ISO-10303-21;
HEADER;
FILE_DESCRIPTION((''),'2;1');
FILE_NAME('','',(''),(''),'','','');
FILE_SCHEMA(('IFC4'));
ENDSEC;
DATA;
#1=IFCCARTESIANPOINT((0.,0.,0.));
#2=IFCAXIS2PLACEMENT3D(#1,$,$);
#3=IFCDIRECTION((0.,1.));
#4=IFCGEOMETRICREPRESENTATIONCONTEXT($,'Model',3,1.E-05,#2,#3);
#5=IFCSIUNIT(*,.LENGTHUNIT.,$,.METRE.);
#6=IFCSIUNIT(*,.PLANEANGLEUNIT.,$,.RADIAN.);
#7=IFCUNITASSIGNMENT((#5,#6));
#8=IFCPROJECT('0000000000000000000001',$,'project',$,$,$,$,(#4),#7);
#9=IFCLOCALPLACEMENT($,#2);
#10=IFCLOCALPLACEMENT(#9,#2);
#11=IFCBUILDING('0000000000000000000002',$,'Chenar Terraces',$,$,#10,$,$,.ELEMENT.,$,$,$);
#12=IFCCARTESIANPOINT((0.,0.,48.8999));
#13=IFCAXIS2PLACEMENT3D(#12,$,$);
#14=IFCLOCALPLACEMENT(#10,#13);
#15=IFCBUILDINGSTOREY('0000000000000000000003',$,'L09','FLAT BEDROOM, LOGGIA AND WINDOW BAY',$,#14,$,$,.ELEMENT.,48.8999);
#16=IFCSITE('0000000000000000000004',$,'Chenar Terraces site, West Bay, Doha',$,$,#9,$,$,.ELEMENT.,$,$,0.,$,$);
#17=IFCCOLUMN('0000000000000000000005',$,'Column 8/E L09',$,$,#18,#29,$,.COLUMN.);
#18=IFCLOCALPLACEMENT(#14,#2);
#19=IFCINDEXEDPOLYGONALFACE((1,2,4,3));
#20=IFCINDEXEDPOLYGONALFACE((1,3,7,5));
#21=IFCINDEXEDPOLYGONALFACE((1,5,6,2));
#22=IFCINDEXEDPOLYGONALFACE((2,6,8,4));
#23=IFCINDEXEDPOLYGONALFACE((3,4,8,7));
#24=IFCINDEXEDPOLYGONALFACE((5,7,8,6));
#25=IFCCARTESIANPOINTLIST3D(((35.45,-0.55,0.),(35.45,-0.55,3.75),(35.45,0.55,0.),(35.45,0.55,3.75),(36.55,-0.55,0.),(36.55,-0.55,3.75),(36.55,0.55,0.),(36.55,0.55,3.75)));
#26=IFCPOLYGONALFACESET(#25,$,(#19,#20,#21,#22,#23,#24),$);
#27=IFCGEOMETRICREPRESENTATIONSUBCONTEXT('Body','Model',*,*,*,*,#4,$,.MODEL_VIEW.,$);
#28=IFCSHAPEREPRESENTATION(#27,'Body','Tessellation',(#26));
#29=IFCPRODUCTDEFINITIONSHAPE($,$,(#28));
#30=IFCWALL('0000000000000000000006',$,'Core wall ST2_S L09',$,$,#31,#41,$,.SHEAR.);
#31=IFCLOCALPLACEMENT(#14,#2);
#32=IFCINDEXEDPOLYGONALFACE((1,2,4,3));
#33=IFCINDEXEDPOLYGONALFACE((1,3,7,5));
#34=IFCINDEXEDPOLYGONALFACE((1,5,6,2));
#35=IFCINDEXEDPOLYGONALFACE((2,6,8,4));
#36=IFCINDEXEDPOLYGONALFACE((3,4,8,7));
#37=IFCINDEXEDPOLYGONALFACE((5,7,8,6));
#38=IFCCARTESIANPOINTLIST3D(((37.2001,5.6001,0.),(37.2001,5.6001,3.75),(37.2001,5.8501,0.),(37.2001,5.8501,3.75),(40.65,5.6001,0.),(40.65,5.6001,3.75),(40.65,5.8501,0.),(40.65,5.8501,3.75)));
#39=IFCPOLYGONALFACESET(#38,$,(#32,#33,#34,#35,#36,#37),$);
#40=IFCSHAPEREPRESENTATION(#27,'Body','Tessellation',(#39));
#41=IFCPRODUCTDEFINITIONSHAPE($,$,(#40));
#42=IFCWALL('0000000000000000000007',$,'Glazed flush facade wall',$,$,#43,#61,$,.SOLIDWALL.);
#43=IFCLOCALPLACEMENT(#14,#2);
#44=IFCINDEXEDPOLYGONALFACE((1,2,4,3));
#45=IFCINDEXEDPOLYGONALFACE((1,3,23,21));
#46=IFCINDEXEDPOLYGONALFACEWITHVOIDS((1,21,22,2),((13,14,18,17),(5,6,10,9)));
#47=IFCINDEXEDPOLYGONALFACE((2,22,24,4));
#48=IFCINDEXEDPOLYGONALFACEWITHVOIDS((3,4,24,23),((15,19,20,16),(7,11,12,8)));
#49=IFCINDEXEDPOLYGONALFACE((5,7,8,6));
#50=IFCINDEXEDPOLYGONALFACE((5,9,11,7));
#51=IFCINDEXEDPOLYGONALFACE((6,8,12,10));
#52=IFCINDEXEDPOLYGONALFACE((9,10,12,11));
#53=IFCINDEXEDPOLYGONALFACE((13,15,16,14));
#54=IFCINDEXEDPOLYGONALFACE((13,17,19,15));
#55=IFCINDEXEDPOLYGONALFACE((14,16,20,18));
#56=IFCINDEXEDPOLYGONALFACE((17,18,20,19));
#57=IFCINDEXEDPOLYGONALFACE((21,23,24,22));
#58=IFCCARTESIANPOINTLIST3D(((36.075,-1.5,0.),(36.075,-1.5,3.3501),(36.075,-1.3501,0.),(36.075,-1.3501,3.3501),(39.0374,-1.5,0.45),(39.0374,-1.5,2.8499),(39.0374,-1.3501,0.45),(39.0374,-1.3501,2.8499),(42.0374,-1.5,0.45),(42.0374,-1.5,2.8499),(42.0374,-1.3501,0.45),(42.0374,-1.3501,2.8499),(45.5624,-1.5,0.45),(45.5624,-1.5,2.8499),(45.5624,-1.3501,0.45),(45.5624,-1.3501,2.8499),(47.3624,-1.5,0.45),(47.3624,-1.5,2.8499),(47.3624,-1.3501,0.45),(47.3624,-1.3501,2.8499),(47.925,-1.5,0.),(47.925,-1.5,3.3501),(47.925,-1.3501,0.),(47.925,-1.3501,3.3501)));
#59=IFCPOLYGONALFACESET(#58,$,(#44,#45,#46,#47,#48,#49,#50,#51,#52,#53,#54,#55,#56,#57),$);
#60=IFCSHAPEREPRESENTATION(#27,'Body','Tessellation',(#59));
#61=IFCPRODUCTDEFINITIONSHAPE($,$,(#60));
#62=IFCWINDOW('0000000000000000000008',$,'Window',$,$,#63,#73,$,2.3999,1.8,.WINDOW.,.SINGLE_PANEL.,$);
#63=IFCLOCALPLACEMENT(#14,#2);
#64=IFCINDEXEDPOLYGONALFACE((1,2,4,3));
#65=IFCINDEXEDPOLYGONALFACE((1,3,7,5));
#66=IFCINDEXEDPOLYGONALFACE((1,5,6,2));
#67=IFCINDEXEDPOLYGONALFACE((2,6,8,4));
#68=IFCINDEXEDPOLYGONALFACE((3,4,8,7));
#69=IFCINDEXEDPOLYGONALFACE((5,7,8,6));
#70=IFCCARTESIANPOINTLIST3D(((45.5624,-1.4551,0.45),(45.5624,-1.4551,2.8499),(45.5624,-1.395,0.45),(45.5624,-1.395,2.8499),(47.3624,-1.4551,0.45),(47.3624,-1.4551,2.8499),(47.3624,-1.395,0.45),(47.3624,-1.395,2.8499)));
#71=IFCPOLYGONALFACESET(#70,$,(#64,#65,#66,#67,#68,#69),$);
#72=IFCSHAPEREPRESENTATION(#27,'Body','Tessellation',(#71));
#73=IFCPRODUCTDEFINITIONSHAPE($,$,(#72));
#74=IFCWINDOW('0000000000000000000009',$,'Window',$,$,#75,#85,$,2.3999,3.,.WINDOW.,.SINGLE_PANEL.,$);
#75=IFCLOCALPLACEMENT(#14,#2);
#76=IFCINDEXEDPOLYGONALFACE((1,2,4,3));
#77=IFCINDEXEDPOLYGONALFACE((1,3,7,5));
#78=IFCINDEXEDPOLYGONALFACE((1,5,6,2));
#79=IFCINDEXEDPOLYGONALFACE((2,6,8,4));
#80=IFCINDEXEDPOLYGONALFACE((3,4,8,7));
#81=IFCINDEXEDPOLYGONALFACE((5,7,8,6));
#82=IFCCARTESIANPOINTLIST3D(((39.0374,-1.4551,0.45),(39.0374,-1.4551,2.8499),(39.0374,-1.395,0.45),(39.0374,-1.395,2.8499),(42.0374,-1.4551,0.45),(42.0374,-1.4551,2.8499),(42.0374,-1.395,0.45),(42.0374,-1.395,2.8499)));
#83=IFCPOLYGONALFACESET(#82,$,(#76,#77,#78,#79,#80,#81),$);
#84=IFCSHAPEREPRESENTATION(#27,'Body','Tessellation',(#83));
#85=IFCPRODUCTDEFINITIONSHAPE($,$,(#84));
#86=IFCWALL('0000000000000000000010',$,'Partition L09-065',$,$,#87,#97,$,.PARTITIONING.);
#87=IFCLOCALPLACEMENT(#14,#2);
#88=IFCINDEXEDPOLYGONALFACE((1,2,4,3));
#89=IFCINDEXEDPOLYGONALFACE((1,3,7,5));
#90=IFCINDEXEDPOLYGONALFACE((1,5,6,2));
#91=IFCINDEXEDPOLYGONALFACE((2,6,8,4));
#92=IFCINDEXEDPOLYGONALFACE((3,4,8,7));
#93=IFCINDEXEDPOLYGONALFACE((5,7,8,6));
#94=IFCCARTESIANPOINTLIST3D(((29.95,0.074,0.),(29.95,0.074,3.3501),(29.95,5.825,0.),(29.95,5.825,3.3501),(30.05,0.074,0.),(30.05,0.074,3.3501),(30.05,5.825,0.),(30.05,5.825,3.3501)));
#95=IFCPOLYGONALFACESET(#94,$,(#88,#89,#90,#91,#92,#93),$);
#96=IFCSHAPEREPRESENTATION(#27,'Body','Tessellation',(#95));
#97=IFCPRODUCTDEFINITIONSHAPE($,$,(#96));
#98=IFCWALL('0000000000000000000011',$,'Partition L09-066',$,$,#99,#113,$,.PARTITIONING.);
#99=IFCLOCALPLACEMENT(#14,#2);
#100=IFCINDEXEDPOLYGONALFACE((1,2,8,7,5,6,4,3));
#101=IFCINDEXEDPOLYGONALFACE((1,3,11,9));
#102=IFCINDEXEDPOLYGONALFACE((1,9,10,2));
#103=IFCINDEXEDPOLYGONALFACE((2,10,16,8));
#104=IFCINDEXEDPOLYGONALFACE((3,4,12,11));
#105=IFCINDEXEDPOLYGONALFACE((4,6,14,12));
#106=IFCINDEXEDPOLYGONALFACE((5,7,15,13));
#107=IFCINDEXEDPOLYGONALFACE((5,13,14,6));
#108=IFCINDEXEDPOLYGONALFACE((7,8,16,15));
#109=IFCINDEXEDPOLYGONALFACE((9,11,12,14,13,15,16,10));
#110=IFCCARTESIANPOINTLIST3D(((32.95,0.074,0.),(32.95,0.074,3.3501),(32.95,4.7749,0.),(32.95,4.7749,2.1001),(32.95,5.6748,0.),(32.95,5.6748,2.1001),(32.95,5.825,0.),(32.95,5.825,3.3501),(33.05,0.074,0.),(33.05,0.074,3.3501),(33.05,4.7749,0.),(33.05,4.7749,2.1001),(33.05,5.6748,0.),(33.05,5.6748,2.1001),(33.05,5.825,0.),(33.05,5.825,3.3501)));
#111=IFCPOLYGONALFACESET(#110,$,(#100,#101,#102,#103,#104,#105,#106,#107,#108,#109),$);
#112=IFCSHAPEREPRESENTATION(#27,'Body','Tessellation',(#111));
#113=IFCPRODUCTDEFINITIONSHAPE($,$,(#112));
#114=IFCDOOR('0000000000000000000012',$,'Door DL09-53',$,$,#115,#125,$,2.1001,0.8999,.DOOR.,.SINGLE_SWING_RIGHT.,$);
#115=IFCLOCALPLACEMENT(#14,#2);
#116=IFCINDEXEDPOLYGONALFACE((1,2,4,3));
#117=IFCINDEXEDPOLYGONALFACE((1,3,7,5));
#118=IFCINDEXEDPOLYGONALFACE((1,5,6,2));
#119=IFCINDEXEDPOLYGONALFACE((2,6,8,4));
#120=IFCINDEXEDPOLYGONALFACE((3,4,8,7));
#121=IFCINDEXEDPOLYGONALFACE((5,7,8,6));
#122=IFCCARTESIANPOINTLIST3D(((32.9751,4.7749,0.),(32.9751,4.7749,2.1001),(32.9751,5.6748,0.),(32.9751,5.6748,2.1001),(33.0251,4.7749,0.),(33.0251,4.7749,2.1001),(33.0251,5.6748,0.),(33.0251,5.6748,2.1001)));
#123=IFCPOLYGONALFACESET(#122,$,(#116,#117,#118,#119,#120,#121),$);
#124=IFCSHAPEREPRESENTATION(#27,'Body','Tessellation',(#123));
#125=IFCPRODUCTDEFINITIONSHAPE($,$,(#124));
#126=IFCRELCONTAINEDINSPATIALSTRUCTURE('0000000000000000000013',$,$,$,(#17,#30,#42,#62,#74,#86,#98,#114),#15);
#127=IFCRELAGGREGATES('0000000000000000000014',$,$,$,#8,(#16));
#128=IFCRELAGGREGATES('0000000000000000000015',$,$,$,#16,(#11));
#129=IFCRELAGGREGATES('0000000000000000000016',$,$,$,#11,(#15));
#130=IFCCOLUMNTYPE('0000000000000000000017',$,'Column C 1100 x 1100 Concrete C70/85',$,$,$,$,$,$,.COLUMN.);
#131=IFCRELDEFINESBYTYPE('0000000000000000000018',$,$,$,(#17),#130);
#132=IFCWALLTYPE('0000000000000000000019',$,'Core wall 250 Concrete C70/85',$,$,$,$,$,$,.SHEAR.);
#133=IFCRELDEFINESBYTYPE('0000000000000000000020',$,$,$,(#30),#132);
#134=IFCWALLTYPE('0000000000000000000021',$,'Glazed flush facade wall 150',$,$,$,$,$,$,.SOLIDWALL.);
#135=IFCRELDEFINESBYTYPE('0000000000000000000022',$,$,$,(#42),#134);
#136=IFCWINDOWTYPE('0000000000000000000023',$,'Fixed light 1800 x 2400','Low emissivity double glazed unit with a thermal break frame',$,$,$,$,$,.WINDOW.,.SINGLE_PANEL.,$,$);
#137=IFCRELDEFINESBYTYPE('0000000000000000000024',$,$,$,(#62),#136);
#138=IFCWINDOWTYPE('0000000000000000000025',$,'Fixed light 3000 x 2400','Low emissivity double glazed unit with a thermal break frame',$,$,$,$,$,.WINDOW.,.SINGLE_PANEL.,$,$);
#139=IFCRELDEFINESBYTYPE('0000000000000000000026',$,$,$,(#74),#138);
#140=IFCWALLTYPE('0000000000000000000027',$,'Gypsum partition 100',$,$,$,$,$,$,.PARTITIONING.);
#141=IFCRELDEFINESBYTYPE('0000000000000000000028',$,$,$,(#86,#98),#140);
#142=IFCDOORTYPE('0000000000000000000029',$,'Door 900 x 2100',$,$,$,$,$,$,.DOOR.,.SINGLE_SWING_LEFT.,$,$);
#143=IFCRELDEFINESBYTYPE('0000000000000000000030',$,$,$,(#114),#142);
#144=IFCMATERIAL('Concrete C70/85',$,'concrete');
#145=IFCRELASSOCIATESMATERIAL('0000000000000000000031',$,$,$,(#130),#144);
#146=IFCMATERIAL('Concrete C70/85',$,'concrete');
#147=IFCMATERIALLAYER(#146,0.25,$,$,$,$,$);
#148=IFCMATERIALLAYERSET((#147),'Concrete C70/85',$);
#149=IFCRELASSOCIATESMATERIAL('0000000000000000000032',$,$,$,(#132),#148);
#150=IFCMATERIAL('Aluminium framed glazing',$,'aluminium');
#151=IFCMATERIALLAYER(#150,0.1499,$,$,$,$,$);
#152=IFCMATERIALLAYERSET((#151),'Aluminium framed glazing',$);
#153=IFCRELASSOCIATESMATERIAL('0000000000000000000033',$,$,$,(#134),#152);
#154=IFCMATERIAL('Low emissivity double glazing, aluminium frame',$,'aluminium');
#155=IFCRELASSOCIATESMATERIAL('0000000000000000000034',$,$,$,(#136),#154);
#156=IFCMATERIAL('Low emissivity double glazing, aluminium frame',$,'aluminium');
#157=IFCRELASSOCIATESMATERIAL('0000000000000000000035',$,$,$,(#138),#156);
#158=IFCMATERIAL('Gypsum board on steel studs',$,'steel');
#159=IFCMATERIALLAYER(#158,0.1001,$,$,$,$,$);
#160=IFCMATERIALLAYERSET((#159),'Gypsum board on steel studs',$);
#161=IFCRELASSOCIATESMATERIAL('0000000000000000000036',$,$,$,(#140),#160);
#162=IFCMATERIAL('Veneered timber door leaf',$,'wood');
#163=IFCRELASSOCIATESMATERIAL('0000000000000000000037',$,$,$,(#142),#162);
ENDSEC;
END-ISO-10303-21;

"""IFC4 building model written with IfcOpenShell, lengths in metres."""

from ifc_helpers import new_model, si_unit, direction, frame, frame_2d, origin, origin_2d, place, context, subcontext, project, spatial, rectangle, extrude, material, layer, layer_set, material_profile, profile_set, type_object, element, fill, save


model = new_model("IFC4")

# Units and contexts
model_context = context("Model", 3, precision=1e-05, world=origin(), true_north=direction((0.0, 1.0)))
body_context = subcontext(model_context, "Body", "Model", "MODEL_VIEW")
ifc_project = project(units=[si_unit("LENGTHUNIT", "METRE"), si_unit("PLANEANGLEUNIT", "RADIAN")], contexts=[model_context])

# Site, building, storey
site_placement = place(None, origin())
site = spatial("IfcSite", under=ifc_project, at=site_placement, Name="Chenar Terraces site, West Bay, Doha", CompositionType="ELEMENT", RefElevation=0.0)
building_placement = place(site_placement, origin())
building = spatial("IfcBuilding", under=site, at=building_placement, Name="Chenar Terraces", CompositionType="ELEMENT")
storey_placement = place(building_placement, frame((0.0, 0.0, 48.8999)))
storey = spatial("IfcBuildingStorey", under=building, at=storey_placement, Name="L09", Description="FLAT BEDROOM, LOGGIA AND WINDOW BAY", CompositionType="ELEMENT", Elevation=48.8999)

# Column
ifc_material_1 = material(Name="Concrete C70/85", Category="concrete")
ifc_material_profile_1 = material_profile(ifc_material_1, rectangle(XDim=1.1001, YDim=1.1001, at=origin_2d()), Name="C 1100 x 1100")
ifc_profile_set_1 = profile_set([ifc_material_profile_1], Name="Concrete C70/85")
column_type = type_object("IfcColumnType", Name="Column C 1100 x 1100 Concrete C70/85", PredefinedType="COLUMN", material=ifc_profile_set_1)
column_placement = place(storey_placement, frame((36.0, 0.0, 0.0), z_axis=(0.0, 0.0, 1.0), x_axis=(1.0, 0.0, 0.0)))
element("IfcColumn", 1, at=column_placement, inside=storey, type_object=column_type, Name="Column 8/E L09", PredefinedType="COLUMN", context=body_context, shape_type="SweptSolid", body=[
    extrude(rectangle(XDim=1.1001, YDim=1.1001, at=origin_2d()), origin(), (0.0, 0.0, 1.0), 3.75),
])

# Wall
ifc_material_2 = material(Name="Concrete C70/85", Category="concrete")
ifc_layer_1 = layer(ifc_material_2, 0.25)
ifc_layer_set_1 = layer_set([ifc_layer_1], Name="Concrete C70/85")
wall_type_1 = type_object("IfcWallType", Name="Core wall 250 Concrete C70/85", PredefinedType="SHEAR", material=ifc_layer_set_1)
wall_1_placement = place(storey_placement, frame((37.2, 5.7251, 0.0), z_axis=(0.0, 0.0, 1.0), x_axis=(1.0, 0.0, 0.0)))
element("IfcWall", 2, at=wall_1_placement, inside=storey, type_object=wall_type_1, Name="Core wall ST2_S L09", PredefinedType="SHEAR", context=body_context, shape_type="SweptSolid", body=[
    extrude(rectangle(XDim=3.45, YDim=0.25, at=frame_2d((1.7251, 0.0))), origin(), (0.0, 0.0, 1.0), 3.75),
])

# Wall, openings, windows
ifc_material_3 = material(Name="Aluminium framed glazing", Category="aluminium")
ifc_layer_2 = layer(ifc_material_3, 0.1499)
ifc_layer_set_2 = layer_set([ifc_layer_2], Name="Aluminium framed glazing")
wall_type_2 = type_object("IfcWallType", Name="Glazed flush facade wall 150", PredefinedType="SOLIDWALL", material=ifc_layer_set_2)
wall_2_placement = place(storey_placement, frame((36.075, -1.425, 0.0), z_axis=(0.0, 0.0, 1.0), x_axis=(1.0, 0.0, 0.0)))
wall_2 = element("IfcWall", 3, at=wall_2_placement, inside=storey, type_object=wall_type_2, Name="Glazed flush facade wall", PredefinedType="SOLIDWALL", context=body_context, shape_type="SweptSolid", body=[
    extrude(rectangle(XDim=11.8501, YDim=0.1499, at=frame_2d((5.925, 0.0))), origin(), (0.0, 0.0, 1.0), 3.3501),
])
opening_1_placement = place(wall_2_placement, frame((2.9624, 0.0, 0.45)))
opening_1 = element("IfcOpeningElement", 4, at=opening_1_placement, cuts=wall_2, PredefinedType="OPENING", context=body_context, shape_type="SweptSolid", body=[
    extrude(rectangle(XDim=3.0, YDim=2.3999, at=frame_2d((1.5, 1.2))), frame((0.0, 0.085, 0.0), z_axis=(0.0, -1.0, 0.0), x_axis=(1.0, 0.0, 0.0)), (0.0, 0.0, 1.0), 0.1699),
])
opening_2_placement = place(wall_2_placement, frame((9.4875, 0.0, 0.45)))
opening_2 = element("IfcOpeningElement", 5, at=opening_2_placement, cuts=wall_2, PredefinedType="OPENING", context=body_context, shape_type="SweptSolid", body=[
    extrude(rectangle(XDim=1.8, YDim=2.3999, at=frame_2d((0.8999, 1.2))), frame((0.0, 0.085, 0.0), z_axis=(0.0, -1.0, 0.0), x_axis=(1.0, 0.0, 0.0)), (0.0, 0.0, 1.0), 0.1699),
])
ifc_material_4 = material(Name="Low emissivity double glazing, aluminium frame", Category="aluminium")
window_type_1 = type_object("IfcWindowType", Name="Fixed light 1800 x 2400", Description="Low emissivity double glazed unit with a thermal break frame", PartitioningType="SINGLE_PANEL", PredefinedType="WINDOW", material=ifc_material_4)
window_1_placement = place(opening_2_placement, origin())
window_1 = element("IfcWindow", 6, at=window_1_placement, inside=storey, type_object=window_type_1, Name="Window", OverallHeight=2.3999, OverallWidth=1.8, PartitioningType="SINGLE_PANEL", PredefinedType="WINDOW", context=body_context, shape_type="SweptSolid", body=[
    extrude(rectangle(XDim=1.8, YDim=2.3999, at=frame_2d((0.8999, 1.2))), frame((0.0, 0.03, 0.0), z_axis=(0.0, -1.0, 0.0), x_axis=(1.0, 0.0, 0.0)), (0.0, 0.0, 1.0), 0.0601),
])
fill(opening_2, window_1)
ifc_material_5 = material(Name="Low emissivity double glazing, aluminium frame", Category="aluminium")
window_type_2 = type_object("IfcWindowType", Name="Fixed light 3000 x 2400", Description="Low emissivity double glazed unit with a thermal break frame", PartitioningType="SINGLE_PANEL", PredefinedType="WINDOW", material=ifc_material_5)
window_2_placement = place(opening_1_placement, origin())
window_2 = element("IfcWindow", 7, at=window_2_placement, inside=storey, type_object=window_type_2, Name="Window", OverallHeight=2.3999, OverallWidth=3.0, PartitioningType="SINGLE_PANEL", PredefinedType="WINDOW", context=body_context, shape_type="SweptSolid", body=[
    extrude(rectangle(XDim=3.0, YDim=2.3999, at=frame_2d((1.5, 1.2))), frame((0.0, 0.03, 0.0), z_axis=(0.0, -1.0, 0.0), x_axis=(1.0, 0.0, 0.0)), (0.0, 0.0, 1.0), 0.0601),
])
fill(opening_1, window_2)

# Wall
ifc_material_6 = material(Name="Gypsum board on steel studs", Category="steel")
ifc_layer_3 = layer(ifc_material_6, 0.1001)
ifc_layer_set_3 = layer_set([ifc_layer_3], Name="Gypsum board on steel studs")
wall_type_3 = type_object("IfcWallType", Name="Gypsum partition 100", PredefinedType="PARTITIONING", material=ifc_layer_set_3)
wall_3_placement = place(storey_placement, frame((30.0, 0.074, 0.0), z_axis=(0.0, 0.0, 1.0), x_axis=(0.0, 1.0, 0.0)))
element("IfcWall", 8, at=wall_3_placement, inside=storey, type_object=wall_type_3, Name="Partition L09-065", PredefinedType="PARTITIONING", context=body_context, shape_type="SweptSolid", body=[
    extrude(rectangle(XDim=5.751, YDim=0.1001, at=frame_2d((2.8755, 0.0))), origin(), (0.0, 0.0, 1.0), 3.3501),
])

# Wall, opening, door
wall_4_placement = place(storey_placement, frame((33.0, 0.074, 0.0), z_axis=(0.0, 0.0, 1.0), x_axis=(0.0, 1.0, 0.0)))
wall_4 = element("IfcWall", 9, at=wall_4_placement, inside=storey, type_object=wall_type_3, Name="Partition L09-066", PredefinedType="PARTITIONING", context=body_context, shape_type="SweptSolid", body=[
    extrude(rectangle(XDim=5.751, YDim=0.1001, at=frame_2d((2.8755, 0.0))), origin(), (0.0, 0.0, 1.0), 3.3501),
])
opening_3_placement = place(wall_4_placement, frame((4.7009, 0.0, 0.0)))
opening_3 = element("IfcOpeningElement", 10, at=opening_3_placement, cuts=wall_4, PredefinedType="OPENING", context=body_context, shape_type="SweptSolid", body=[
    extrude(rectangle(XDim=0.8999, YDim=2.1001, at=frame_2d((0.45, 1.05))), frame((0.0, 0.0601, 0.0), z_axis=(0.0, -1.0, 0.0), x_axis=(1.0, 0.0, 0.0)), (0.0, 0.0, 1.0), 0.1201),
])
ifc_material_7 = material(Name="Veneered timber door leaf", Category="wood")
door_type = type_object("IfcDoorType", Name="Door 900 x 2100", OperationType="SINGLE_SWING_LEFT", PredefinedType="DOOR", material=ifc_material_7)
door_1_placement = place(opening_3_placement, origin())
door_1 = element("IfcDoor", 11, at=door_1_placement, inside=storey, type_object=door_type, Name="Door DL09-53", OperationType="SINGLE_SWING_RIGHT", OverallHeight=2.1001, OverallWidth=0.8999, PredefinedType="DOOR", context=body_context, shape_type="SweptSolid", body=[
    extrude(rectangle(XDim=0.8999, YDim=2.1001, at=frame_2d((0.45, 1.05))), frame((0.0, 0.0249, 0.0), z_axis=(0.0, -1.0, 0.0), x_axis=(1.0, 0.0, 0.0)), (0.0, 0.0, 1.0), 0.05),
])
fill(opening_3, door_1)

save(model, "model.ifc")
